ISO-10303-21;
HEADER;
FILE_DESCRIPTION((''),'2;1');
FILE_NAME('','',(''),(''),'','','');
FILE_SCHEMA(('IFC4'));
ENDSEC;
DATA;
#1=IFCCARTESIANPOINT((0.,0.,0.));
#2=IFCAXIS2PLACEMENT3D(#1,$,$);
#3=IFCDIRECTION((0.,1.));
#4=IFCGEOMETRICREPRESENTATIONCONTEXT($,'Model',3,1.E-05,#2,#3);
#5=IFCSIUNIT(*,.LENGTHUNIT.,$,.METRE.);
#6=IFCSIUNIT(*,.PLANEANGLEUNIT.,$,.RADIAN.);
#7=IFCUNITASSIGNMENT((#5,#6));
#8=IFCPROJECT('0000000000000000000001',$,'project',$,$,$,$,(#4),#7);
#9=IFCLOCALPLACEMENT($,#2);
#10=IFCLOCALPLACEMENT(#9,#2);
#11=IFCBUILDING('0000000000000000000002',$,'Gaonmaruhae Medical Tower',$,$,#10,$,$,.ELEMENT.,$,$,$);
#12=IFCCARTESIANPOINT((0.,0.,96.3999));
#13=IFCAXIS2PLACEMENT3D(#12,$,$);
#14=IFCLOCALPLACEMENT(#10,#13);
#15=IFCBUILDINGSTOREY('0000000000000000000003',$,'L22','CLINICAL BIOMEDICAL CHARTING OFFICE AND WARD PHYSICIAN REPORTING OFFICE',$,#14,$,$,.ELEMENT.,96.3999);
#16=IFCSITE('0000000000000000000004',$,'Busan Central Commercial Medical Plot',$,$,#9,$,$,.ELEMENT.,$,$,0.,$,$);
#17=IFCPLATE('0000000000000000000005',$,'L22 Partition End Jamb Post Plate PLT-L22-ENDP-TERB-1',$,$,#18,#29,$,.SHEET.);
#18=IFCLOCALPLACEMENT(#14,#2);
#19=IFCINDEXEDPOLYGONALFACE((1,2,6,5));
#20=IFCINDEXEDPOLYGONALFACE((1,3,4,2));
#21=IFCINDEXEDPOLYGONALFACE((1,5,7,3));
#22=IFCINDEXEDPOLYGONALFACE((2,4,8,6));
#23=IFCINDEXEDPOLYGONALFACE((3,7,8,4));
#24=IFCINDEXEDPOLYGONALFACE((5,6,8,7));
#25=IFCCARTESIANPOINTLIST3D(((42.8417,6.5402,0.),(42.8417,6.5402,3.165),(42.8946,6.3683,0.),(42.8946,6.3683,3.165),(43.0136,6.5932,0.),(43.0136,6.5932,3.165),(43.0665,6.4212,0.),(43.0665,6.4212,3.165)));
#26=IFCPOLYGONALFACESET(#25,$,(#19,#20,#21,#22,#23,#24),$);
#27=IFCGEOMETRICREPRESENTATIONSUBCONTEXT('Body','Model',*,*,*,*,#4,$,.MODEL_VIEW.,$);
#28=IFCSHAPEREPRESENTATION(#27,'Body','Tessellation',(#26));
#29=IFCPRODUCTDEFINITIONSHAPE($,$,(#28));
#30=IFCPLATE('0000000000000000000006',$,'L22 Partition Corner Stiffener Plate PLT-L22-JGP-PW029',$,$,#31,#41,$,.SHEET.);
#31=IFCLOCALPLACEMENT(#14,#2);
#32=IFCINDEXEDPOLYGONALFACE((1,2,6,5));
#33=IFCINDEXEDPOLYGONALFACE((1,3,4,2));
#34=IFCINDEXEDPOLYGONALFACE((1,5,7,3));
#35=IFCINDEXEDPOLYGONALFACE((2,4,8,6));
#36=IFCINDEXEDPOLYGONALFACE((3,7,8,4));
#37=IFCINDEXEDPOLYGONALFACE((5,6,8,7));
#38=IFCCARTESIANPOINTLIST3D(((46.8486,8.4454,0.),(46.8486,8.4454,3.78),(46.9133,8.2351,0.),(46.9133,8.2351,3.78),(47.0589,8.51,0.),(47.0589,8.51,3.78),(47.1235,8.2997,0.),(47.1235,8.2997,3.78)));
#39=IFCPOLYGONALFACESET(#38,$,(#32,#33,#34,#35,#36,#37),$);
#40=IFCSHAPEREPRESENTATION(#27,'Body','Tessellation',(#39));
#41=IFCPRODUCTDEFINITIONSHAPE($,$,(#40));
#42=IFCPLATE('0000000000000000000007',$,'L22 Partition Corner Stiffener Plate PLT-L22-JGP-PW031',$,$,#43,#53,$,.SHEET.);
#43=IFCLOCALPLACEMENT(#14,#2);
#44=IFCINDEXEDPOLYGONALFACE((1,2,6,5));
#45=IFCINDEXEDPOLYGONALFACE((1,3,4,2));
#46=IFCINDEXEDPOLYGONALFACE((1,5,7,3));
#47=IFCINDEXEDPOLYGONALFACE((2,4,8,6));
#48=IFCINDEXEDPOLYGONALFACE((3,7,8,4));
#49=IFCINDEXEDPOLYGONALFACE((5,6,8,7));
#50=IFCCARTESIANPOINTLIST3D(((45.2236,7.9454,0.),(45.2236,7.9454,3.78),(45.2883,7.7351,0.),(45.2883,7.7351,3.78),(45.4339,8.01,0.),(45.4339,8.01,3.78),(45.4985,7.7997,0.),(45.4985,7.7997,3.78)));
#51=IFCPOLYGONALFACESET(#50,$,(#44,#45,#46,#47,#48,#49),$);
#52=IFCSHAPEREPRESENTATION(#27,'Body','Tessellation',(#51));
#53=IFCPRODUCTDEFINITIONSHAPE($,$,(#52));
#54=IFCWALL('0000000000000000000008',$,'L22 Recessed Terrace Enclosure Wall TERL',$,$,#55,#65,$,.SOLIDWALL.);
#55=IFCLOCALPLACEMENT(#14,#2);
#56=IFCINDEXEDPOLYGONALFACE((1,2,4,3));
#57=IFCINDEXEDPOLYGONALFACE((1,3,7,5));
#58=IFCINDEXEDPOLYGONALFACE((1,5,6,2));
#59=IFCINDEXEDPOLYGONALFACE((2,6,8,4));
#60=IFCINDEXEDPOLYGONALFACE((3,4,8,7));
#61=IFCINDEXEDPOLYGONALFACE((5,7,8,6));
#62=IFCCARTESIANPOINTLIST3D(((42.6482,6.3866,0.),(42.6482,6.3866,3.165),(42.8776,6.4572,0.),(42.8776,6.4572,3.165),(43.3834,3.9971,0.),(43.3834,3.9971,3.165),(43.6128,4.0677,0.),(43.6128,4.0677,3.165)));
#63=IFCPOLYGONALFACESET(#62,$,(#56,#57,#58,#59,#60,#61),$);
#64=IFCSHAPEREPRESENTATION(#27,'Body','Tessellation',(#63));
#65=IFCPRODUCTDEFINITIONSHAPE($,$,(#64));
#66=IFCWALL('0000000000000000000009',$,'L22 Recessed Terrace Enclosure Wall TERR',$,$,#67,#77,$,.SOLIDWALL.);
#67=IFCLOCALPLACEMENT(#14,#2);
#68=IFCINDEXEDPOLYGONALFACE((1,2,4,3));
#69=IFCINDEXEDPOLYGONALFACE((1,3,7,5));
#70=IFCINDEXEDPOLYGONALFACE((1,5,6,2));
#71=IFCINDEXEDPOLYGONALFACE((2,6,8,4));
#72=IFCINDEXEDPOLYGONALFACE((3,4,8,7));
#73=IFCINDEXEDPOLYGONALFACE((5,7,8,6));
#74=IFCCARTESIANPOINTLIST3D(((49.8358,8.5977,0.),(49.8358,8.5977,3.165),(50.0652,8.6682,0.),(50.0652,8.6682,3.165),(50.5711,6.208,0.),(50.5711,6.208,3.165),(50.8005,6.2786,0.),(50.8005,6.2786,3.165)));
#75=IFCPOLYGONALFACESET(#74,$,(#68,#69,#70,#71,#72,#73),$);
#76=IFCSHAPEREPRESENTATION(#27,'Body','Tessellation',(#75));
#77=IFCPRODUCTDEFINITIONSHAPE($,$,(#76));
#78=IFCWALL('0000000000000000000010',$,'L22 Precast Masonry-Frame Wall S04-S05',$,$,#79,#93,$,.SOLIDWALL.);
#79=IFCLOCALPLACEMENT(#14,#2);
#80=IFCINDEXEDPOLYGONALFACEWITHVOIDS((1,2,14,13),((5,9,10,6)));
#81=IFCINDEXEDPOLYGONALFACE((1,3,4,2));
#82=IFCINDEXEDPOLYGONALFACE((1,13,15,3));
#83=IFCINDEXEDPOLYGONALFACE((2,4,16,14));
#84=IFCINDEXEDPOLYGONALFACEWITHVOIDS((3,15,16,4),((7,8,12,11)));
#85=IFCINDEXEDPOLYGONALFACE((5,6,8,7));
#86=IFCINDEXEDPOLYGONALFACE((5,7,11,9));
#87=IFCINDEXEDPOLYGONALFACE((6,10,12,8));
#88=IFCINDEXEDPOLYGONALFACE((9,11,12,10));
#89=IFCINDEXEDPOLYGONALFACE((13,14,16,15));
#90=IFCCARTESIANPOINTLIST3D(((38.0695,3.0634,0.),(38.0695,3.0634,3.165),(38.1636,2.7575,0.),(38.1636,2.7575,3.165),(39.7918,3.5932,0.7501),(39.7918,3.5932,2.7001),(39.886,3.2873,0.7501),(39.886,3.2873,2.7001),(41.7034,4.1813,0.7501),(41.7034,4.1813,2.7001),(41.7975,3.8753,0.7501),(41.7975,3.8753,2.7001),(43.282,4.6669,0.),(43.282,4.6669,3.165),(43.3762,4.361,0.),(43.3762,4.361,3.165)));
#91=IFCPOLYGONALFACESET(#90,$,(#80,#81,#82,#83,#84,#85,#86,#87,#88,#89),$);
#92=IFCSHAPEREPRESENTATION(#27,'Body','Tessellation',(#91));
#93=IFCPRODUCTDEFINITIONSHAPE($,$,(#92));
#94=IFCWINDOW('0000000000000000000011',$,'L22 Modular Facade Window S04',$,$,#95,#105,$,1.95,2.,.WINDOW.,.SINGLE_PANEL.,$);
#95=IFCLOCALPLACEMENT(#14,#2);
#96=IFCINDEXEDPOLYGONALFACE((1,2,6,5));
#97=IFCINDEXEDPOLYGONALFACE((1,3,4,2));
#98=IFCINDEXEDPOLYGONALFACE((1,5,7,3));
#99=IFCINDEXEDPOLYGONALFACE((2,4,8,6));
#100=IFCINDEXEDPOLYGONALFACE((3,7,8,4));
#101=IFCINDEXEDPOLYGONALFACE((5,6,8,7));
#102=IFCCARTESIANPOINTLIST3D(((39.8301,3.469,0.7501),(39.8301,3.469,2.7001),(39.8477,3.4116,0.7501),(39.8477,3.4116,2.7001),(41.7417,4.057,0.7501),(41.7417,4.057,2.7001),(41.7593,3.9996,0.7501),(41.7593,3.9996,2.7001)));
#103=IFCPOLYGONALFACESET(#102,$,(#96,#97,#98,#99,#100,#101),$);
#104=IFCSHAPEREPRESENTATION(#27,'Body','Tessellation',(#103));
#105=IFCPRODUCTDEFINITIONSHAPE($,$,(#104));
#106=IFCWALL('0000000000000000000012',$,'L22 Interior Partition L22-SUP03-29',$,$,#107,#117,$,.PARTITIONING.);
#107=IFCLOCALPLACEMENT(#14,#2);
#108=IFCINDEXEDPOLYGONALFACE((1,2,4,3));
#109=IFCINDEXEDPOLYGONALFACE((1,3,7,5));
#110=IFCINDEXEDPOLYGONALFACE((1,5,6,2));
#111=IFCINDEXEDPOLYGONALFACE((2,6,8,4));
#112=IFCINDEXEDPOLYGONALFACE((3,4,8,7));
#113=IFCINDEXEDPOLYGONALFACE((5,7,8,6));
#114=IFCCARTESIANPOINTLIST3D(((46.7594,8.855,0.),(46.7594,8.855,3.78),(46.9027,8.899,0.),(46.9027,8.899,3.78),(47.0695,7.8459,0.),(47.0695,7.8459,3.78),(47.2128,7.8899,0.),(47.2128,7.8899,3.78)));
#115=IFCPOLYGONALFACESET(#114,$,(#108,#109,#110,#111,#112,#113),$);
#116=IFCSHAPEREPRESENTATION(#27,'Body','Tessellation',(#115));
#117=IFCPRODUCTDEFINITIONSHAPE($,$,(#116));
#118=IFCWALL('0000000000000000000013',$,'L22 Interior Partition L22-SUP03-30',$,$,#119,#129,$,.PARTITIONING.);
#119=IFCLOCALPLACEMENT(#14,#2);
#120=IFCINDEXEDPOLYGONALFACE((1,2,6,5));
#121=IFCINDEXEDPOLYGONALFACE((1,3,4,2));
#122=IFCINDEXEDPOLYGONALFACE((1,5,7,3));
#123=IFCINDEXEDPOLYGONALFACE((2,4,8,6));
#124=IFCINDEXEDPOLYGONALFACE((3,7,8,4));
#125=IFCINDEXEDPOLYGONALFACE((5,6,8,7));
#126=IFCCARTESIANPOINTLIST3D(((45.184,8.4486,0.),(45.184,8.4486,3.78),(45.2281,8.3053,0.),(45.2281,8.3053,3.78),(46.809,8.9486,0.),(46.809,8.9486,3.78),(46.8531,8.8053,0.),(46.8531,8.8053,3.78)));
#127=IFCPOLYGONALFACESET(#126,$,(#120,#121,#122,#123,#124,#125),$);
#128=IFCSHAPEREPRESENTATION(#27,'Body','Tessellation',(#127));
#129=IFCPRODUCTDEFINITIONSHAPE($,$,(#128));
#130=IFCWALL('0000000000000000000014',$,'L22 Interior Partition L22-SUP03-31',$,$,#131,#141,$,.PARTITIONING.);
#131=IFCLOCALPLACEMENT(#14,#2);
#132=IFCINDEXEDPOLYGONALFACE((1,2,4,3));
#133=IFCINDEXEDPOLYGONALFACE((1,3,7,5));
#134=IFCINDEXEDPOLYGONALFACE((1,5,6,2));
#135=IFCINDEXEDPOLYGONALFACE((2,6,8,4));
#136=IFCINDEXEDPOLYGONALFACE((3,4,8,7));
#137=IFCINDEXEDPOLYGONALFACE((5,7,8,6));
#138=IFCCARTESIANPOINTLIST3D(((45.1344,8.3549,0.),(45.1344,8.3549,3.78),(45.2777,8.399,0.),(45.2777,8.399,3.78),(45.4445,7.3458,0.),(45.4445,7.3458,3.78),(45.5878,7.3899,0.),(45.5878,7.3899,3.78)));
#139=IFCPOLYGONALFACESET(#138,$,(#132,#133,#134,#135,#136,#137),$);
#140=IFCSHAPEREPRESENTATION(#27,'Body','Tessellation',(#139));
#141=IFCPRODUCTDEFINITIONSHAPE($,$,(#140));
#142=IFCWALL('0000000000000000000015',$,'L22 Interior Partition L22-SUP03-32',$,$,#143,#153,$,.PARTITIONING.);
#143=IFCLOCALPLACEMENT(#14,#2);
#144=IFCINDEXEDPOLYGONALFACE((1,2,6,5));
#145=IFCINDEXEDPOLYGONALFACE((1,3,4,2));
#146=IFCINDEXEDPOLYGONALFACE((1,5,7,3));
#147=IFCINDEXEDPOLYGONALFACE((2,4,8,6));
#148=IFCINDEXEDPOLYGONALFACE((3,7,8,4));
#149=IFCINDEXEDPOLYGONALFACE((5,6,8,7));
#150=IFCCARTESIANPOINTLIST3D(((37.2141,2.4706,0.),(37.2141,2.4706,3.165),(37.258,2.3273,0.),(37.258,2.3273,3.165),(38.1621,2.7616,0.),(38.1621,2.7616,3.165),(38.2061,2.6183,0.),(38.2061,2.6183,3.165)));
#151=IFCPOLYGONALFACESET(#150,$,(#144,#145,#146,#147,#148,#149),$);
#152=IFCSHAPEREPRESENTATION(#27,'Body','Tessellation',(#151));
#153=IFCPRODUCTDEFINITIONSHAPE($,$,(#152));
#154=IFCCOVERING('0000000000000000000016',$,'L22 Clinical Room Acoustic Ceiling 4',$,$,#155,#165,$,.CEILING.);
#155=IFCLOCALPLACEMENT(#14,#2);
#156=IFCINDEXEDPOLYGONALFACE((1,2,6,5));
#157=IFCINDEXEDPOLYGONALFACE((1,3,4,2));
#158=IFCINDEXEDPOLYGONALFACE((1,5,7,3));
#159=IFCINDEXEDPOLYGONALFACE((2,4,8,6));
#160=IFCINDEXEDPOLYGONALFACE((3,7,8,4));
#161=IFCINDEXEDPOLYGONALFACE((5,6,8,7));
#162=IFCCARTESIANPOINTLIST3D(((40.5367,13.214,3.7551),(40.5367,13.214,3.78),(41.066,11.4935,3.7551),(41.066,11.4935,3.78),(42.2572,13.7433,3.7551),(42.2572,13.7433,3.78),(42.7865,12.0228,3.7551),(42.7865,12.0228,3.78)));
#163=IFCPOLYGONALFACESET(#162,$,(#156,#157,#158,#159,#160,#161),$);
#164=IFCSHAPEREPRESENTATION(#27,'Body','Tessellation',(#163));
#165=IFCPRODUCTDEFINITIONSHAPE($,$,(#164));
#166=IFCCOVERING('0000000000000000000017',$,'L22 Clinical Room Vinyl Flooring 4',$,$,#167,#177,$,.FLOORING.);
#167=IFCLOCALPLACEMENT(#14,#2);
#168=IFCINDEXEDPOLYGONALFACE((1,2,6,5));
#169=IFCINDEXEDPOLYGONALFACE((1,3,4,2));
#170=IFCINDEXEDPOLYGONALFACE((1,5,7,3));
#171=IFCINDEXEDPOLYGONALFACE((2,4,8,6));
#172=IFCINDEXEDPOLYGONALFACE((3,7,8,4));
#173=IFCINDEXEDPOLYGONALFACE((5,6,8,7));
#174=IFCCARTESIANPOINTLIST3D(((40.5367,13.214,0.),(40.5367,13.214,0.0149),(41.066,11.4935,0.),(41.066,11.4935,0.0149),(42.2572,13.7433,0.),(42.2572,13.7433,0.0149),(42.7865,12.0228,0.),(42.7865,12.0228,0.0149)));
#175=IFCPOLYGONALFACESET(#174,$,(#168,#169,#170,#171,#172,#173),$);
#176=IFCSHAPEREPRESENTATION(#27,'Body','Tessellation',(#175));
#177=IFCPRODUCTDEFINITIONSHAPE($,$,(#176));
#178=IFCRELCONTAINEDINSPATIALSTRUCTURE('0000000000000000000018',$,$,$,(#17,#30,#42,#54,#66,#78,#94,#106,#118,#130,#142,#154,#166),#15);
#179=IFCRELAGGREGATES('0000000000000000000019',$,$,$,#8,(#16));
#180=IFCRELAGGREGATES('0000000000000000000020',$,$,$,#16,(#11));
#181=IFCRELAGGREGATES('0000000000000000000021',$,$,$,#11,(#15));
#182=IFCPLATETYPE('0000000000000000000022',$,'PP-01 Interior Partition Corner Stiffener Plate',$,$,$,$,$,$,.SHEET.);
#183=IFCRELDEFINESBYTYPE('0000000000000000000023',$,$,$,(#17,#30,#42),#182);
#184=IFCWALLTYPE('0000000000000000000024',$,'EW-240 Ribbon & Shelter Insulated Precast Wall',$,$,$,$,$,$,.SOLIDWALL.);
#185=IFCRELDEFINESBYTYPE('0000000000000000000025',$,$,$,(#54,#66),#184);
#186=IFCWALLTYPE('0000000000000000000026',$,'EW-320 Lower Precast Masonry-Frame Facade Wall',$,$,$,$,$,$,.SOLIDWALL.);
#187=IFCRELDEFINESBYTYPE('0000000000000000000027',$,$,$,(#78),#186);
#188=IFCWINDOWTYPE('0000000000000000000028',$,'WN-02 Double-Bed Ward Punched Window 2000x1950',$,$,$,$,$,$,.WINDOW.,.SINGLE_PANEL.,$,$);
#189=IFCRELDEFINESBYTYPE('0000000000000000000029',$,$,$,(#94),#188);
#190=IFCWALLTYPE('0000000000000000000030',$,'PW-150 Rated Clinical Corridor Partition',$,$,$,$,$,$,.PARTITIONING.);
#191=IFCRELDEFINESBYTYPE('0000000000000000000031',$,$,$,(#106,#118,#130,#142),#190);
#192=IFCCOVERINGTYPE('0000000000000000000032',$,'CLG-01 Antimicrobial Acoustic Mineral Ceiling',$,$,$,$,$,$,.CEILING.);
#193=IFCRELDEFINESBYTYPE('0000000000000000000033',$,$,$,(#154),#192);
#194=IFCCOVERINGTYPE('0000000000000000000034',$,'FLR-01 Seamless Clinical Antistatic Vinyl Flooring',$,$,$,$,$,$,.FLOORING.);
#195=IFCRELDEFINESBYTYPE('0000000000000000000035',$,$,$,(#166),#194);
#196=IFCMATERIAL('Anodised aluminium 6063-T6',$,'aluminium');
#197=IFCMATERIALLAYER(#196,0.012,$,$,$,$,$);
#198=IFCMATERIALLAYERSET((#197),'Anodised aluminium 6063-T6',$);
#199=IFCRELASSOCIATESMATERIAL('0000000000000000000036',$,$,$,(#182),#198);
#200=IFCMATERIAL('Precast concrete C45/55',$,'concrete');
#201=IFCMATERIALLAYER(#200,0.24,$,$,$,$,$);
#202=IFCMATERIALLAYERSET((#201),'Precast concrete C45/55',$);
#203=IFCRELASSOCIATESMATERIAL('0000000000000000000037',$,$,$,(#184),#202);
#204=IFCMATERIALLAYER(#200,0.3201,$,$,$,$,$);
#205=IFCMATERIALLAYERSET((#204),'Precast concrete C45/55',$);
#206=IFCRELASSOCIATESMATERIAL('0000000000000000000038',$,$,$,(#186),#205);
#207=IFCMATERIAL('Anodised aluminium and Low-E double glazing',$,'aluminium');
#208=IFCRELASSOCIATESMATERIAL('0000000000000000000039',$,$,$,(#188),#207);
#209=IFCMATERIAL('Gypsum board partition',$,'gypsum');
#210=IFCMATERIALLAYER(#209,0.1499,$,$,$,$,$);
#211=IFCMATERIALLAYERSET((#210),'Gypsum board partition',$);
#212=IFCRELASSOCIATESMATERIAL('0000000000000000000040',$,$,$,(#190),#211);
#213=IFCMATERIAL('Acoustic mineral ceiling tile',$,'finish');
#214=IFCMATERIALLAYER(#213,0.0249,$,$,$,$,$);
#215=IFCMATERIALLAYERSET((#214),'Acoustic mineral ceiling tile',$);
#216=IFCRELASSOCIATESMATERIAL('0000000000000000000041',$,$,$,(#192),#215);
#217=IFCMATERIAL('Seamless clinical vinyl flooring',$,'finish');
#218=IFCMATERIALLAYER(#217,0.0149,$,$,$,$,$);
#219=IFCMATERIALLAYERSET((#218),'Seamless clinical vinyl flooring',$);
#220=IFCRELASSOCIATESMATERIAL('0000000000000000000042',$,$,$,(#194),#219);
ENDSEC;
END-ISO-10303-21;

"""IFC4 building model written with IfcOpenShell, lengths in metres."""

from ifc_helpers import new_model, si_unit, direction, frame, frame_2d, origin, origin_2d, place, context, subcontext, project, spatial, rectangle, extrude, material, layer, layer_set, type_object, element, fill, save


model = new_model("IFC4")

# Units and contexts
model_context = context("Model", 3, precision=1e-05, world=origin(), true_north=direction((0.0, 1.0)))
body_context = subcontext(model_context, "Body", "Model", "MODEL_VIEW")
ifc_project = project(units=[si_unit("LENGTHUNIT", "METRE"), si_unit("PLANEANGLEUNIT", "RADIAN")], contexts=[model_context])

# Site, building, storey
site_placement = place(None, origin())
site = spatial("IfcSite", under=ifc_project, at=site_placement, Name="Busan Central Commercial Medical Plot", CompositionType="ELEMENT", RefElevation=0.0)
building_placement = place(site_placement, origin())
building = spatial("IfcBuilding", under=site, at=building_placement, Name="Gaonmaruhae Medical Tower", CompositionType="ELEMENT")
storey_placement = place(building_placement, frame((0.0, 0.0, 96.3999)))
storey = spatial("IfcBuildingStorey", under=building, at=storey_placement, Name="L22", Description="CLINICAL BIOMEDICAL CHARTING OFFICE AND WARD PHYSICIAN REPORTING OFFICE", CompositionType="ELEMENT", Elevation=96.3999)

# Plates
ifc_material_1 = material(Name="Anodised aluminium 6063-T6", Category="aluminium")
ifc_layer_1 = layer(ifc_material_1, 0.012)
ifc_layer_set_1 = layer_set([ifc_layer_1], Name="Anodised aluminium 6063-T6")
plate_type = type_object("IfcPlateType", Name="PP-01 Interior Partition Corner Stiffener Plate", PredefinedType="SHEET", material=ifc_layer_set_1)
for number, where, z_axis, x_axis, name in (
    (1, (42.9541, 6.4807, 0.0), (0.0, 0.0, 1.0), (-0.955793, -0.29404, 0.0), "L22 Partition End Jamb Post Plate PLT-L22-ENDP-TERB-1"),
):
    element("IfcPlate", number, at=place(storey_placement, frame(where, z_axis=z_axis, x_axis=x_axis)), inside=storey, type_object=plate_type, Name=name, PredefinedType="SHEET", context=body_context, shape_type="SweptSolid", body=[
        extrude(rectangle(XDim=0.1799, YDim=0.1799, at=origin_2d()), origin(), (0.0, 0.0, 1.0), 3.165),
    ])
for number, where, z_axis, x_axis, name in (
    (2, (46.9861, 8.3726, 0.0), (0.0, 0.0, 1.0), (-0.29369, 0.955901, 0.0), "L22 Partition Corner Stiffener Plate PLT-L22-JGP-PW029"),
    (3, (45.3611, 7.8726, 0.0), (0.0, 0.0, 1.0), (0.29369, -0.955901, 0.0), "L22 Partition Corner Stiffener Plate PLT-L22-JGP-PW031"),
):
    element("IfcPlate", number, at=place(storey_placement, frame(where, z_axis=z_axis, x_axis=x_axis)), inside=storey, type_object=plate_type, Name=name, PredefinedType="SHEET", context=body_context, shape_type="SweptSolid", body=[
        extrude(rectangle(XDim=0.22, YDim=0.22, at=origin_2d()), origin(), (0.0, 0.0, 1.0), 3.78),
    ])

# Shared definitions
ifc_material_2 = material(Name="Precast concrete C45/55", Category="concrete")
ifc_layer_2 = layer(ifc_material_2, 0.24)
ifc_layer_set_2 = layer_set([ifc_layer_2], Name="Precast concrete C45/55")
wall_type_1 = type_object("IfcWallType", Name="EW-240 Ribbon & Shelter Insulated Precast Wall", PredefinedType="SOLIDWALL", material=ifc_layer_set_2)

# Walls
wall_1_placement = place(storey_placement, frame((42.7629, 6.4219, 0.0), z_axis=(0.0, 0.0, 1.0), x_axis=(0.294052, -0.95579, 0.0)))
element("IfcWall", 4, at=wall_1_placement, inside=storey, type_object=wall_type_1, Name="L22 Recessed Terrace Enclosure Wall TERL", PredefinedType="SOLIDWALL", context=body_context, shape_type="SweptSolid", body=[
    extrude(rectangle(XDim=2.5, YDim=0.24, at=frame_2d((1.25, 0.0))), origin(), (0.0, 0.0, 1.0), 3.165),
])
wall_2_placement = place(storey_placement, frame((50.6858, 6.2434, 0.0), z_axis=(0.0, 0.0, 1.0), x_axis=(-0.294113, 0.955771, 0.0)))
element("IfcWall", 5, at=wall_2_placement, inside=storey, type_object=wall_type_1, Name="L22 Recessed Terrace Enclosure Wall TERR", PredefinedType="SOLIDWALL", context=body_context, shape_type="SweptSolid", body=[
    extrude(rectangle(XDim=2.5002, YDim=0.24, at=frame_2d((1.25, 0.0))), origin(), (0.0, 0.0, 1.0), 3.165),
])

# Wall, opening, window
ifc_layer_3 = layer(ifc_material_2, 0.3201)
ifc_layer_set_3 = layer_set([ifc_layer_3], Name="Precast concrete C45/55")
wall_type_2 = type_object("IfcWallType", Name="EW-320 Lower Precast Masonry-Frame Facade Wall", PredefinedType="SOLIDWALL", material=ifc_layer_set_3)
wall_3_placement = place(storey_placement, frame((43.3291, 4.5139, 0.0), z_axis=(0.0, 0.0, 1.0), x_axis=(-0.955798, -0.294023, 0.0)))
wall_3 = element("IfcWall", 6, at=wall_3_placement, inside=storey, type_object=wall_type_2, Name="L22 Precast Masonry-Frame Wall S04-S05", PredefinedType="SOLIDWALL", context=body_context, shape_type="SweptSolid", body=[
    extrude(rectangle(XDim=5.4536, YDim=0.3201, at=frame_2d((2.7268, 0.0))), origin(), (0.0, 0.0, 1.0), 3.165),
])
opening_1_placement = place(wall_3_placement, frame((1.6516, 0.0, 0.75)))
opening_1 = element("IfcOpeningElement", 7, at=opening_1_placement, cuts=wall_3, PredefinedType="OPENING", context=body_context, shape_type="SweptSolid", body=[
    extrude(rectangle(XDim=2.0, YDim=1.95, at=frame_2d((1.0, 0.9751))), frame((0.0, 0.1699, 0.0), z_axis=(0.0, -1.0, 0.0), x_axis=(1.0, 0.0, 0.0)), (0.0, 0.0, 1.0), 0.3401),
])
ifc_material_3 = material(Name="Anodised aluminium and Low-E double glazing", Category="aluminium")
window_type = type_object("IfcWindowType", Name="WN-02 Double-Bed Ward Punched Window 2000x1950", PartitioningType="SINGLE_PANEL", PredefinedType="WINDOW", material=ifc_material_3)
window_placement = place(opening_1_placement, origin())
window = element("IfcWindow", 8, at=window_placement, inside=storey, type_object=window_type, Name="L22 Modular Facade Window S04", OverallHeight=1.95, OverallWidth=2.0, PartitioningType="SINGLE_PANEL", PredefinedType="WINDOW", context=body_context, shape_type="SweptSolid", body=[
    extrude(rectangle(XDim=2.0, YDim=1.95, at=frame_2d((1.0, 0.9751))), frame((0.0, 0.03, 0.0), z_axis=(0.0, -1.0, 0.0), x_axis=(1.0, 0.0, 0.0)), (0.0, 0.0, 1.0), 0.0601),
])
fill(opening_1, window)

# Walls
ifc_material_4 = material(Name="Gypsum board partition", Category="gypsum")
ifc_layer_4 = layer(ifc_material_4, 0.1499)
ifc_layer_set_4 = layer_set([ifc_layer_4], Name="Gypsum board partition")
wall_type_3 = type_object("IfcWallType", Name="PW-150 Rated Clinical Corridor Partition", PredefinedType="PARTITIONING", material=ifc_layer_set_4)
wall_4_placement = place(storey_placement, frame((47.1411, 7.8679, 0.0), z_axis=(0.0, 0.0, 1.0), x_axis=(-0.293728, 0.955889, 0.0)))
element("IfcWall", 9, at=wall_4_placement, inside=storey, type_object=wall_type_3, Name="L22 Interior Partition L22-SUP03-29", PredefinedType="PARTITIONING", context=body_context, shape_type="SweptSolid", body=[
    extrude(rectangle(XDim=1.0557, YDim=0.1499, at=frame_2d((0.5278, 0.0))), origin(), (0.0, 0.0, 1.0), 3.78),
])
wall_5_placement = place(storey_placement, frame((46.8311, 8.877, 0.0), z_axis=(0.0, 0.0, 1.0), x_axis=(-0.955779, -0.294086, 0.0)))
element("IfcWall", 10, at=wall_5_placement, inside=storey, type_object=wall_type_3, Name="L22 Interior Partition L22-SUP03-30", PredefinedType="PARTITIONING", context=body_context, shape_type="SweptSolid", body=[
    extrude(rectangle(XDim=1.7002, YDim=0.1499, at=frame_2d((0.8501, 0.0))), origin(), (0.0, 0.0, 1.0), 3.78),
])
wall_6_placement = place(storey_placement, frame((45.2061, 8.377, 0.0), z_axis=(0.0, 0.0, 1.0), x_axis=(0.293728, -0.955889, 0.0)))
element("IfcWall", 11, at=wall_6_placement, inside=storey, type_object=wall_type_3, Name="L22 Interior Partition L22-SUP03-31", PredefinedType="PARTITIONING", context=body_context, shape_type="SweptSolid", body=[
    extrude(rectangle(XDim=1.0557, YDim=0.1499, at=frame_2d((0.5278, 0.0))), origin(), (0.0, 0.0, 1.0), 3.78),
])
wall_7_placement = place(storey_placement, frame((38.1841, 2.6899, 0.0), z_axis=(0.0, 0.0, 1.0), x_axis=(-0.95597, -0.293463, 0.0)))
element("IfcWall", 12, at=wall_7_placement, inside=storey, type_object=wall_type_3, Name="L22 Interior Partition L22-SUP03-32", PredefinedType="PARTITIONING", context=body_context, shape_type="SweptSolid", body=[
    extrude(rectangle(XDim=0.9917, YDim=0.1499, at=frame_2d((0.4958, 0.0))), origin(), (0.0, 0.0, 1.0), 3.165),
])

# Coverings
ifc_material_5 = material(Name="Acoustic mineral ceiling tile", Category="finish")
ifc_layer_5 = layer(ifc_material_5, 0.0249)
ifc_layer_set_5 = layer_set([ifc_layer_5], Name="Acoustic mineral ceiling tile")
covering_type_1 = type_object("IfcCoveringType", Name="CLG-01 Antimicrobial Acoustic Mineral Ceiling", PredefinedType="CEILING", material=ifc_layer_set_5)
covering_1_placement = place(storey_placement, frame((41.6616, 12.6184, 3.7551), z_axis=(0.0, 0.0, 1.0), x_axis=(0.955793, 0.29404, 0.0)))
element("IfcCovering", 13, at=covering_1_placement, inside=storey, type_object=covering_type_1, Name="L22 Clinical Room Acoustic Ceiling 4", PredefinedType="CEILING", context=body_context, shape_type="SweptSolid", body=[
    extrude(rectangle(XDim=1.8, YDim=1.8, at=origin_2d()), origin(), (0.0, 0.0, 1.0), 0.0249),
])
ifc_material_6 = material(Name="Seamless clinical vinyl flooring", Category="finish")
ifc_layer_6 = layer(ifc_material_6, 0.0149)
ifc_layer_set_6 = layer_set([ifc_layer_6], Name="Seamless clinical vinyl flooring")
covering_type_2 = type_object("IfcCoveringType", Name="FLR-01 Seamless Clinical Antistatic Vinyl Flooring", PredefinedType="FLOORING", material=ifc_layer_set_6)
covering_2_placement = place(storey_placement, frame((41.6616, 12.6184, 0.0), z_axis=(0.0, 0.0, 1.0), x_axis=(0.955793, 0.29404, 0.0)))
element("IfcCovering", 14, at=covering_2_placement, inside=storey, type_object=covering_type_2, Name="L22 Clinical Room Vinyl Flooring 4", PredefinedType="FLOORING", context=body_context, shape_type="SweptSolid", body=[
    extrude(rectangle(XDim=1.8, YDim=1.8, at=origin_2d()), origin(), (0.0, 0.0, 1.0), 0.0149),
])

save(model, "model.ifc")
